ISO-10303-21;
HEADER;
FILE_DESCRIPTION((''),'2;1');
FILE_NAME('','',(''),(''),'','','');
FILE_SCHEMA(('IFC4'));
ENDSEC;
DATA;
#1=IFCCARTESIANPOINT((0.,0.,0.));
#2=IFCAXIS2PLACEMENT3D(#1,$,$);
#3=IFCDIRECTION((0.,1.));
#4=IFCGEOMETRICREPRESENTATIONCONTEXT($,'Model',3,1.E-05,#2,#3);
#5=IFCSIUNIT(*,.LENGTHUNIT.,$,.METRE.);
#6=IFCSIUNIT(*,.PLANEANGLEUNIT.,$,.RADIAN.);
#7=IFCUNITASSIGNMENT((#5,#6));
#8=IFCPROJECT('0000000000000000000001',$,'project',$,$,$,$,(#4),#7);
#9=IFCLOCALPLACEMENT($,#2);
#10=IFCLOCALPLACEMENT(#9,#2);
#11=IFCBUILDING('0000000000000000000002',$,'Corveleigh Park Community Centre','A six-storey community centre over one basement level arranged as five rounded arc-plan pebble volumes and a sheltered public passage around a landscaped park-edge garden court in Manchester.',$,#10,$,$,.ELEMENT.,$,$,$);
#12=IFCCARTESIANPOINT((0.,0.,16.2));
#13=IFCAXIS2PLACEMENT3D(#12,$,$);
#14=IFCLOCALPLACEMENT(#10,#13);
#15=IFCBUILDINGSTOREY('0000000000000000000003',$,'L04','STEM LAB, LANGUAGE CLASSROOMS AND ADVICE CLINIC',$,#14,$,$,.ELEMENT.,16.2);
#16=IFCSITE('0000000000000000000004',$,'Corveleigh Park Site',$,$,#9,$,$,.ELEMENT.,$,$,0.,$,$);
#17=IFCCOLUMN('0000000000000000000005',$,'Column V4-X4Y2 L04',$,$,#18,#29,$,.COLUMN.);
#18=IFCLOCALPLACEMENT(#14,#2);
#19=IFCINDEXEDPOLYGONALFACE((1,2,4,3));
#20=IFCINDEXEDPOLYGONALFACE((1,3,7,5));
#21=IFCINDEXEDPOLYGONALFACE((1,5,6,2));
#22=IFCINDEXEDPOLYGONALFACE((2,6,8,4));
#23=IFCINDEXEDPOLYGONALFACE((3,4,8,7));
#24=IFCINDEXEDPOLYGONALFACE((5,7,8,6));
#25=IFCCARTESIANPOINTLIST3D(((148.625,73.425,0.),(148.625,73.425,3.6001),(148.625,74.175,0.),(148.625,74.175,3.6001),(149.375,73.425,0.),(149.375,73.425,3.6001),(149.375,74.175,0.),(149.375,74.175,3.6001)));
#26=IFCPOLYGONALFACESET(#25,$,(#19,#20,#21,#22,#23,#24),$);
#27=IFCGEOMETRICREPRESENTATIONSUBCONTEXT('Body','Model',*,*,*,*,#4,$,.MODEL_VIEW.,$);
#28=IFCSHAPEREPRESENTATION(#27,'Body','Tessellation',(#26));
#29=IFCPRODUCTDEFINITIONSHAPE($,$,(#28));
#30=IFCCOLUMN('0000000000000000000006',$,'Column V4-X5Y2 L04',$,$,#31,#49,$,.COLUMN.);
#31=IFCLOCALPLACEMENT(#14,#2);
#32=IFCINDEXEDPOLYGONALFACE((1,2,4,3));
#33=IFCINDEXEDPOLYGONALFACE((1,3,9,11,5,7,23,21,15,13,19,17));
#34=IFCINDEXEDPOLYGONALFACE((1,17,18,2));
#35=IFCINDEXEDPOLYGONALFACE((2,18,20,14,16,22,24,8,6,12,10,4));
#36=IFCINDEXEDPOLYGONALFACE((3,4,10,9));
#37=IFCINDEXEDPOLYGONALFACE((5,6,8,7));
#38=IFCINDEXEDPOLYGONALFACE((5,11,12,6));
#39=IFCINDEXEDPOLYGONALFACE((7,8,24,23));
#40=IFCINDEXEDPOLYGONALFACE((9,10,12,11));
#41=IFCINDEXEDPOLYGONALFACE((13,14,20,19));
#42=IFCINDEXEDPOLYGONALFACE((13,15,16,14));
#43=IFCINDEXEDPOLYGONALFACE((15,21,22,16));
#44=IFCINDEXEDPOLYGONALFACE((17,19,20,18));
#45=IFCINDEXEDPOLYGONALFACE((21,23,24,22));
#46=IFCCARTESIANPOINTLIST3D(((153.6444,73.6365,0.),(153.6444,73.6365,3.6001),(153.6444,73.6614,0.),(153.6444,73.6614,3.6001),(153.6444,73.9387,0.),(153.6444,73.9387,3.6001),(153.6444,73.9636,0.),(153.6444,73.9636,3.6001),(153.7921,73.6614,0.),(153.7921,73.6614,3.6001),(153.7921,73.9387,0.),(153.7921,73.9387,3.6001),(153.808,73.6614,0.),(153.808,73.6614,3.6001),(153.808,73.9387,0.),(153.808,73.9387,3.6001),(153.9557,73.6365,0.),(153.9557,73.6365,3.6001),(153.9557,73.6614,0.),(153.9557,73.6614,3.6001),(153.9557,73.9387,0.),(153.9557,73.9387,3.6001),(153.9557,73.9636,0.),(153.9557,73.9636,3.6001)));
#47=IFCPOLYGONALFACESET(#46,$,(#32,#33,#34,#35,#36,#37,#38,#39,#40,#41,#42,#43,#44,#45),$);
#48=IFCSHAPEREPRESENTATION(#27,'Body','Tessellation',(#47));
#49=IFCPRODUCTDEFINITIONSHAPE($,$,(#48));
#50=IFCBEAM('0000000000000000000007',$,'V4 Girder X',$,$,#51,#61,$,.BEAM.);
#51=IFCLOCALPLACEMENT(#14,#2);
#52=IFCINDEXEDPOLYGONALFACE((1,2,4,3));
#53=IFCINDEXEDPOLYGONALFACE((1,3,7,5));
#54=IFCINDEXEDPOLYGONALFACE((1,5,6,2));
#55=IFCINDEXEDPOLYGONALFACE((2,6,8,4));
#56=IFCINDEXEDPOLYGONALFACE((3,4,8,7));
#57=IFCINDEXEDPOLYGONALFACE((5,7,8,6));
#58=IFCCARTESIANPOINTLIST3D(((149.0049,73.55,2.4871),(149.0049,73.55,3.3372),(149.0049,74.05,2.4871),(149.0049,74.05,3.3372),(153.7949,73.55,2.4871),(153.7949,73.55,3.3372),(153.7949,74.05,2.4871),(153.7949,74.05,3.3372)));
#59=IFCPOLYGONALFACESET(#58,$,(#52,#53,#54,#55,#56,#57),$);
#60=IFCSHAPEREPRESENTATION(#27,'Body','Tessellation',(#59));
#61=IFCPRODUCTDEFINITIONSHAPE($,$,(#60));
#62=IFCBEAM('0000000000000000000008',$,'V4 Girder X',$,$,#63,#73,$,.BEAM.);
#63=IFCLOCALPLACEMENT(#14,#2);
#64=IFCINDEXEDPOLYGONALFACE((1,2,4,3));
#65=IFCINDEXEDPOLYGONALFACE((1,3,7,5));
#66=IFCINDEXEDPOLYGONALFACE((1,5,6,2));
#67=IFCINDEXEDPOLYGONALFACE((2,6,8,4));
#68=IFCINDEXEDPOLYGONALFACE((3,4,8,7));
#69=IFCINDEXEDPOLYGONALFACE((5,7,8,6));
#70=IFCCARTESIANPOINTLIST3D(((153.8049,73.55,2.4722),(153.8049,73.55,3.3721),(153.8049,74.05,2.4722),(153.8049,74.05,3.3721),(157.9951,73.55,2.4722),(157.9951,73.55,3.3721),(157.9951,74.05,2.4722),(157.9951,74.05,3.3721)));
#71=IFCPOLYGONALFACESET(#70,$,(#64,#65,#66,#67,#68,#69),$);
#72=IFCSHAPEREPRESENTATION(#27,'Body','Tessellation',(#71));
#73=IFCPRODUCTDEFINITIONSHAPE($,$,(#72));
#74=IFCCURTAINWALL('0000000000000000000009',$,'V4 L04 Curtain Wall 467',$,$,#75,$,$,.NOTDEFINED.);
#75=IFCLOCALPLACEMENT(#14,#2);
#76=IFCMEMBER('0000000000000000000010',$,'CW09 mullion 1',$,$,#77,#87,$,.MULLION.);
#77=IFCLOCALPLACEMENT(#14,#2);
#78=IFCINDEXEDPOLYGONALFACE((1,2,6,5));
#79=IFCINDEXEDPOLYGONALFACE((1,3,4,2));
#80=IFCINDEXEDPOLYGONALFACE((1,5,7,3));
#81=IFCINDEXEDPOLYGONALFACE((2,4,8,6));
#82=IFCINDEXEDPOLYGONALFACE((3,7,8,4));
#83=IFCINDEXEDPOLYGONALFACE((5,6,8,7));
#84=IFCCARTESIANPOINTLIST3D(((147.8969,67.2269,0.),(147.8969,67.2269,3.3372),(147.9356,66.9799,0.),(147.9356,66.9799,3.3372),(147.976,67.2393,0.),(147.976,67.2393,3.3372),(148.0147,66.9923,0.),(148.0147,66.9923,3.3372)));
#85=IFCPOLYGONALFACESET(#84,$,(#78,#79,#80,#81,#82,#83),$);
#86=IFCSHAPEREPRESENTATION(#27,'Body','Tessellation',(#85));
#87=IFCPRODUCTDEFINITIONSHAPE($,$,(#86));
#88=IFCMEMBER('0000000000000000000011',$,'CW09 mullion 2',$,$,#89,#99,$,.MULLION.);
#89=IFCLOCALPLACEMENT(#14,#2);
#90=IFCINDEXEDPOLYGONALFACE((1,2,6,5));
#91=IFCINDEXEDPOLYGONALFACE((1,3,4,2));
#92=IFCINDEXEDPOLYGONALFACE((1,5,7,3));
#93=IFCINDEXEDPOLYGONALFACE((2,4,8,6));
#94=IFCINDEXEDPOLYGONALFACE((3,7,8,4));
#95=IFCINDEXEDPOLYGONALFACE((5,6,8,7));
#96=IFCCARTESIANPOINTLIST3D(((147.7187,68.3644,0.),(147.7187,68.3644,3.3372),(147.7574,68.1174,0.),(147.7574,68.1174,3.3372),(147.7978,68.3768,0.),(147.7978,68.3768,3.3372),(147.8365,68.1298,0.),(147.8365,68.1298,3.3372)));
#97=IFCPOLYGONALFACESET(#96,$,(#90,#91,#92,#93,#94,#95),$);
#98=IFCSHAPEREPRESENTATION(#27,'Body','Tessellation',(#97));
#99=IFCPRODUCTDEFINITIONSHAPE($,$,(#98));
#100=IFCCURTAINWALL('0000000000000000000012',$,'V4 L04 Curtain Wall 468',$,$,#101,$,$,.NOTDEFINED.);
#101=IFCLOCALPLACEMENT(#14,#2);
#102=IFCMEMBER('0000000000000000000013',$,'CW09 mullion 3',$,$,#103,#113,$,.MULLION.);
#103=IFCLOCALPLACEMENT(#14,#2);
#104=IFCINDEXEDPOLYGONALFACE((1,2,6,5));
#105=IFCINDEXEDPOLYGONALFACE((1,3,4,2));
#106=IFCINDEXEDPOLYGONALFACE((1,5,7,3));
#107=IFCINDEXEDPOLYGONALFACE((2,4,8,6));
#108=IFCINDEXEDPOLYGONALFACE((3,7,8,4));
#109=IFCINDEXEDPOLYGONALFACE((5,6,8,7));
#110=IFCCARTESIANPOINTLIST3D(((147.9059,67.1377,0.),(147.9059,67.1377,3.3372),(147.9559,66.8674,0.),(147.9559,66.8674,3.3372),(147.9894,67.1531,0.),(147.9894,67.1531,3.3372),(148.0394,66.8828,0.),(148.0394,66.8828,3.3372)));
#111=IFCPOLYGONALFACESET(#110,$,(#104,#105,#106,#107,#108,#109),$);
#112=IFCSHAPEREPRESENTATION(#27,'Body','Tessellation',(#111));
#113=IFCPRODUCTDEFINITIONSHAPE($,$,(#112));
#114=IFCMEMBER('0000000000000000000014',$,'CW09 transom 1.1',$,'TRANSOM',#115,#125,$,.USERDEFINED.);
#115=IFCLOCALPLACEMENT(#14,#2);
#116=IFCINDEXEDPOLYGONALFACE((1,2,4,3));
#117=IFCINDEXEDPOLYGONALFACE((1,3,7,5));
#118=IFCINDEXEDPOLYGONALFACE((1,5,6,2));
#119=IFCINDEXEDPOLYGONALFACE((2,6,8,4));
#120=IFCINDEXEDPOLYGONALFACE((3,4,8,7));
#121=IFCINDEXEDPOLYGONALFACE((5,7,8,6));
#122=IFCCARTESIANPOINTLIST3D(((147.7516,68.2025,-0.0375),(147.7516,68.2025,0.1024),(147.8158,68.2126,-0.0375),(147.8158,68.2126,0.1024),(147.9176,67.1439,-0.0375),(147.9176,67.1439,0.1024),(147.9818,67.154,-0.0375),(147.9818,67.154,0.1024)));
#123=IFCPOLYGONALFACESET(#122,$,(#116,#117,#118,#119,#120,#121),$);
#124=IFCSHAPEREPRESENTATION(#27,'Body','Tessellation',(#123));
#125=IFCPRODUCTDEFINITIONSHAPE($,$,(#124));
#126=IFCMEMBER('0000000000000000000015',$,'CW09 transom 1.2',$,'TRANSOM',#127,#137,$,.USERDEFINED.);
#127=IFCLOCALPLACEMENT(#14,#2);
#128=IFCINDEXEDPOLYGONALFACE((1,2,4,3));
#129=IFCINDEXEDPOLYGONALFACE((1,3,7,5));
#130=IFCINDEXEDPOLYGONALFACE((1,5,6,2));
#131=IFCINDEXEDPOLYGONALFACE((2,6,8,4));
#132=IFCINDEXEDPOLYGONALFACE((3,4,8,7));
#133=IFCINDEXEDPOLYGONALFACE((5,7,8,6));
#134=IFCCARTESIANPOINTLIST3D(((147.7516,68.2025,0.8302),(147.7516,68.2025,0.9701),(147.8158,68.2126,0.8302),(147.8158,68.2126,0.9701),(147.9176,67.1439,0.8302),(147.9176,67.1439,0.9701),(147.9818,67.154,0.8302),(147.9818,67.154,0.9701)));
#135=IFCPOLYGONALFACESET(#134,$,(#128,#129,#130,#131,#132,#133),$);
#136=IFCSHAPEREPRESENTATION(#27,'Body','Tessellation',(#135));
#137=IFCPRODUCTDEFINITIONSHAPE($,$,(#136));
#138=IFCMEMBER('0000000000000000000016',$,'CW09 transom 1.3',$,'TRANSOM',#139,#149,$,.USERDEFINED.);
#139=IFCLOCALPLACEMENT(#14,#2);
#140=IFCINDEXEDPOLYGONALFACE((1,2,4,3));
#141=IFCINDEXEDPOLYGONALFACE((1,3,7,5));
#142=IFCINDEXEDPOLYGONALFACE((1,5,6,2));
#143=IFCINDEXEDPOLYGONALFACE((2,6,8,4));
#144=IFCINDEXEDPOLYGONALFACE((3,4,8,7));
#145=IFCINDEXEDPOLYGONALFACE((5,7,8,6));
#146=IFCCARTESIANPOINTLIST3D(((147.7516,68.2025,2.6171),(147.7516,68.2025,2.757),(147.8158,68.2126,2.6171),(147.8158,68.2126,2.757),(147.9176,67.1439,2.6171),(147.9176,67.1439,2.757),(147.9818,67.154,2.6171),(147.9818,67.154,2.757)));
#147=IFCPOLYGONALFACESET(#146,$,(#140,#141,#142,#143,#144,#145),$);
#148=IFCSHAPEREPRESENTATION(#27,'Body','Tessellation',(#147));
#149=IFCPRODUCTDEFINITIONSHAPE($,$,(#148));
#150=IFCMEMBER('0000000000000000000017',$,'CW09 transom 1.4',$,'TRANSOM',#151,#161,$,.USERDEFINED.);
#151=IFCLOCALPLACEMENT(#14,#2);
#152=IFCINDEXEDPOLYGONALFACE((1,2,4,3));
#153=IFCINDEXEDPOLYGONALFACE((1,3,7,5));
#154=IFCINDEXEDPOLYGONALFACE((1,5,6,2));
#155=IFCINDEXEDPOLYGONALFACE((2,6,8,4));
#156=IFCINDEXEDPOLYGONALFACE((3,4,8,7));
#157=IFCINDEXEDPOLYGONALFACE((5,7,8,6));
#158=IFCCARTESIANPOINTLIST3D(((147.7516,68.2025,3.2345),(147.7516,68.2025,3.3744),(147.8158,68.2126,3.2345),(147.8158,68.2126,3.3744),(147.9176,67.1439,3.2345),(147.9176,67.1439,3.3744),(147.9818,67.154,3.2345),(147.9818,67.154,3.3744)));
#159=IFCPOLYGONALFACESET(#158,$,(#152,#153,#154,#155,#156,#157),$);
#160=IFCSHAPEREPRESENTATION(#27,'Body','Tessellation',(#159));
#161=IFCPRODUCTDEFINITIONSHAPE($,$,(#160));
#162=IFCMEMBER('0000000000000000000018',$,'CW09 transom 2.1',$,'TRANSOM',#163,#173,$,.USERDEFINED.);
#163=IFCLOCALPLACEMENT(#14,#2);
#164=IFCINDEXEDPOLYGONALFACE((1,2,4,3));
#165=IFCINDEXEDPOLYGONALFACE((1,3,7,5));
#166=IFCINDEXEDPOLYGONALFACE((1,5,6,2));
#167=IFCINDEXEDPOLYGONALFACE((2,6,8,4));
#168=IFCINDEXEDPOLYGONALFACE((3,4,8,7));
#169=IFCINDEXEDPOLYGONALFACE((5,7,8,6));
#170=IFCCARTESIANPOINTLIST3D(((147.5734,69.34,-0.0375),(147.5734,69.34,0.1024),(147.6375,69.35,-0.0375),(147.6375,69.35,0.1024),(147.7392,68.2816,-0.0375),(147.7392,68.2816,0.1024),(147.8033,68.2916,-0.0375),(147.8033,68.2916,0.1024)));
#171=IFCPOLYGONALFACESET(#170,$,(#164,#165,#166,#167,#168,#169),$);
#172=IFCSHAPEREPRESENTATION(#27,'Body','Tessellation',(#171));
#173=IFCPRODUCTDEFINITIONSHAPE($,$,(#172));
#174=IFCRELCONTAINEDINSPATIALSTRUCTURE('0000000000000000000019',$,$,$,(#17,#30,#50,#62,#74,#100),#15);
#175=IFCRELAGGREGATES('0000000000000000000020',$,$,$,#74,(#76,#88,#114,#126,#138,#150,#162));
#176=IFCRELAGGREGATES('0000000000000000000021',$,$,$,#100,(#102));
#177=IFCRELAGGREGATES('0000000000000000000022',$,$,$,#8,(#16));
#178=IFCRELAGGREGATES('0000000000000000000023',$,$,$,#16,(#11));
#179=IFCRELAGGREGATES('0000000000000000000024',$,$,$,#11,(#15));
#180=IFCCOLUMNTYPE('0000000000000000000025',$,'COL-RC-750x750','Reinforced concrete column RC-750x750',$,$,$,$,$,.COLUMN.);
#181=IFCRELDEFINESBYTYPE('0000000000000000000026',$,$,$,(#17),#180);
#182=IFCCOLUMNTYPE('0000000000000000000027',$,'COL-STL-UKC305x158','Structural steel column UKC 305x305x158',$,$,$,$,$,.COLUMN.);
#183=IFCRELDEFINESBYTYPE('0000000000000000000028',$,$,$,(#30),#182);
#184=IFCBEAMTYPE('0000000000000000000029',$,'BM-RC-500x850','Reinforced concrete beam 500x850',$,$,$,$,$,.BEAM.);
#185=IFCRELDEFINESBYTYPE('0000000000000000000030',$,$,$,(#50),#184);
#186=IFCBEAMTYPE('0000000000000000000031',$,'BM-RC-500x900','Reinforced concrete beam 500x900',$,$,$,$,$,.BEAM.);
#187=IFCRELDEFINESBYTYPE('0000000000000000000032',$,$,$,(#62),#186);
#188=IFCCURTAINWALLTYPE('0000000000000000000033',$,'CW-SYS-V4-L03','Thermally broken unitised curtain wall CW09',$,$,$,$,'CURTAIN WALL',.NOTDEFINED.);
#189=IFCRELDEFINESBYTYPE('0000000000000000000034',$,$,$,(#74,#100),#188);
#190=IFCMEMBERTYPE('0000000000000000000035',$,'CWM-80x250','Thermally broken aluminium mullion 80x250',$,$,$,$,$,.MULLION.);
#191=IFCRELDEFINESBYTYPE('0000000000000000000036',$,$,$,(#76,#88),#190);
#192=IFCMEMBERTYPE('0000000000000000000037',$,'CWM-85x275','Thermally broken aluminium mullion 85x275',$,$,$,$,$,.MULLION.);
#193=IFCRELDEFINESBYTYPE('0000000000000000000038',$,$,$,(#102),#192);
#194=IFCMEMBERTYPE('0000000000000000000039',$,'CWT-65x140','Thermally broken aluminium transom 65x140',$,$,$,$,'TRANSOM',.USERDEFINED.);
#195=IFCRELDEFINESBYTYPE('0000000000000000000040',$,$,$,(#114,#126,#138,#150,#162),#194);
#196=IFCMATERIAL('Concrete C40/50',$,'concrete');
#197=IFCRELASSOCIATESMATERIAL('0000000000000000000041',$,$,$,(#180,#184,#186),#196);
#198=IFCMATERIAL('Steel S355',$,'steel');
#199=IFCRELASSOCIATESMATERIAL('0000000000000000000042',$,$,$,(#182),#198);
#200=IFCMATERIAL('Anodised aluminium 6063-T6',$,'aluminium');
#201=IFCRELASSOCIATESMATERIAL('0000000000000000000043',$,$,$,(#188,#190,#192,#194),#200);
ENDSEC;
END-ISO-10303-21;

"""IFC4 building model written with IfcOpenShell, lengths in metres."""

from ifc_helpers import new_model, si_unit, direction, frame, origin, origin_2d, place, context, subcontext, project, spatial, rectangle, i_section, extrude, material, material_profile, profile_set, type_object, element, aggregate, save


model = new_model("IFC4")

# Units and contexts
model_context = context("Model", 3, precision=1e-05, world=origin(), true_north=direction((0.0, 1.0)))
body_context = subcontext(model_context, "Body", "Model", "MODEL_VIEW")
ifc_project = project(units=[si_unit("LENGTHUNIT", "METRE"), si_unit("PLANEANGLEUNIT", "RADIAN")], contexts=[model_context])

# Site, building, storey
site_placement = place(None, origin())
site = spatial("IfcSite", under=ifc_project, at=site_placement, Name="Corveleigh Park Site", CompositionType="ELEMENT", RefElevation=0.0)
building_placement = place(site_placement, origin())
building = spatial("IfcBuilding", under=site, at=building_placement, Name="Corveleigh Park Community Centre", Description="A six-storey community centre over one basement level arranged as five rounded arc-plan pebble volumes and a sheltered public passage around a landscaped park-edge garden court in Manchester.", CompositionType="ELEMENT")
storey_placement = place(building_placement, frame((0.0, 0.0, 16.2)))
storey = spatial("IfcBuildingStorey", under=building, at=storey_placement, Name="L04", Description="STEM LAB, LANGUAGE CLASSROOMS AND ADVICE CLINIC", CompositionType="ELEMENT", Elevation=16.2)

# Columns
ifc_material_1 = material(Name="Concrete C40/50", Category="concrete")
ifc_material_profile_1 = material_profile(ifc_material_1, rectangle(XDim=0.75, YDim=0.75, at=origin_2d()), Name="RC-750x750", Category="concrete")
ifc_profile_set_1 = profile_set([ifc_material_profile_1], Name="Concrete C40/50")
column_type_1 = type_object("IfcColumnType", Name="COL-RC-750x750", Description="Reinforced concrete column RC-750x750", PredefinedType="COLUMN", material=ifc_profile_set_1)
column_1_placement = place(storey_placement, frame((149.0, 73.8, 0.0), z_axis=(0.0, 0.0, 1.0), x_axis=(1.0, 0.0, 0.0)))
element("IfcColumn", 1, at=column_1_placement, inside=storey, type_object=column_type_1, Name="Column V4-X4Y2 L04", PredefinedType="COLUMN", context=body_context, shape_type="SweptSolid", body=[
    extrude(rectangle(XDim=0.75, YDim=0.75, at=origin_2d()), origin(), (0.0, 0.0, 1.0), 3.6001),
])
ifc_material_2 = material(Name="Steel S355", Category="steel")
ifc_material_profile_2 = material_profile(ifc_material_2, i_section(OverallWidth=0.3113, OverallDepth=0.3271, WebThickness=0.0159, FlangeThickness=0.0249, at=origin_2d()), Name="UKC 305x305x158", Category="steel")
ifc_profile_set_2 = profile_set([ifc_material_profile_2], Name="Steel S355")
column_type_2 = type_object("IfcColumnType", Name="COL-STL-UKC305x158", Description="Structural steel column UKC 305x305x158", PredefinedType="COLUMN", material=ifc_profile_set_2)
column_2_placement = place(storey_placement, frame((153.8, 73.8, 0.0), z_axis=(0.0, 0.0, 1.0), x_axis=(1.0, 0.0, 0.0)))
element("IfcColumn", 2, at=column_2_placement, inside=storey, type_object=column_type_2, Name="Column V4-X5Y2 L04", PredefinedType="COLUMN", context=body_context, shape_type="SweptSolid", body=[
    extrude(i_section(OverallWidth=0.3113, OverallDepth=0.3271, WebThickness=0.0159, FlangeThickness=0.0249, at=origin_2d()), origin(), (0.0, 0.0, 1.0), 3.6001),
])

# Beams
ifc_material_profile_3 = material_profile(ifc_material_1, rectangle(XDim=0.5, YDim=0.8501, at=origin_2d()), Name="RC-500x850", Category="concrete")
ifc_profile_set_3 = profile_set([ifc_material_profile_3], Name="Concrete C40/50")
beam_type_1 = type_object("IfcBeamType", Name="BM-RC-500x850", Description="Reinforced concrete beam 500x850", PredefinedType="BEAM", material=ifc_profile_set_3)
beam_1_placement = place(storey_placement, frame((149.0049, 73.8, 2.9121), z_axis=(1.0, 0.0, 0.0), x_axis=(0.0, 1.0, 0.0)))
element("IfcBeam", 3, at=beam_1_placement, inside=storey, type_object=beam_type_1, Name="V4 Girder X", PredefinedType="BEAM", context=body_context, shape_type="SweptSolid", body=[
    extrude(rectangle(XDim=0.5, YDim=0.8501, at=origin_2d()), origin(), (0.0, 0.0, 1.0), 4.79),
])
ifc_material_profile_4 = material_profile(ifc_material_1, rectangle(XDim=0.5, YDim=0.8999, at=origin_2d()), Name="RC-500x900", Category="concrete")
ifc_profile_set_4 = profile_set([ifc_material_profile_4], Name="Concrete C40/50")
beam_type_2 = type_object("IfcBeamType", Name="BM-RC-500x900", Description="Reinforced concrete beam 500x900", PredefinedType="BEAM", material=ifc_profile_set_4)
beam_2_placement = place(storey_placement, frame((153.8049, 73.8, 2.9221), z_axis=(1.0, 0.0, 0.0), x_axis=(0.0, 1.0, 0.0)))
element("IfcBeam", 4, at=beam_2_placement, inside=storey, type_object=beam_type_2, Name="V4 Girder X", PredefinedType="BEAM", context=body_context, shape_type="SweptSolid", body=[
    extrude(rectangle(XDim=0.5, YDim=0.8999, at=origin_2d()), origin(), (0.0, 0.0, 1.0), 4.1902),
])

# Curtain wall, members
ifc_material_3 = material(Name="Anodised aluminium 6063-T6", Category="aluminium")
curtain_wall_type = type_object("IfcCurtainWallType", Name="CW-SYS-V4-L03", Description="Thermally broken unitised curtain wall CW09", ElementType="CURTAIN WALL", PredefinedType="NOTDEFINED", material=ifc_material_3)
curtain_wall_1_placement = place(storey_placement, origin())
curtain_wall_1 = element("IfcCurtainWall", 5, at=curtain_wall_1_placement, inside=storey, type_object=curtain_wall_type, Name="V4 L04 Curtain Wall 467", PredefinedType="NOTDEFINED")
ifc_material_profile_5 = material_profile(ifc_material_3, rectangle(XDim=0.0801, YDim=0.25, at=origin_2d()), Name="ALU-M80x250", Category="aluminium")
ifc_profile_set_5 = profile_set([ifc_material_profile_5], Name="Anodised aluminium 6063-T6")
member_type_1 = type_object("IfcMemberType", Name="CWM-80x250", Description="Thermally broken aluminium mullion 80x250", PredefinedType="MULLION", material=ifc_profile_set_5)
member_1_placement = place(storey_placement, frame((147.9558, 67.1096, 0.0), z_axis=(0.0, 0.0, 1.0), x_axis=(-0.987936, -0.154863, 0.0)))
member_1 = element("IfcMember", 6, at=member_1_placement, type_object=member_type_1, Name="CW09 mullion 1", PredefinedType="MULLION", context=body_context, shape_type="SweptSolid", body=[
    extrude(rectangle(XDim=0.0801, YDim=0.25, at=origin_2d()), origin(), (0.0, 0.0, 1.0), 3.3372),
])
member_2_placement = place(storey_placement, frame((147.7776, 68.2471, 0.0), z_axis=(0.0, 0.0, 1.0), x_axis=(-0.987936, -0.154863, 0.0)))
member_2 = element("IfcMember", 7, at=member_2_placement, type_object=member_type_1, Name="CW09 mullion 2", PredefinedType="MULLION", context=body_context, shape_type="SweptSolid", body=[
    extrude(rectangle(XDim=0.0801, YDim=0.25, at=origin_2d()), origin(), (0.0, 0.0, 1.0), 3.3372),
])

# Curtain wall, member
curtain_wall_2_placement = place(storey_placement, origin())
curtain_wall_2 = element("IfcCurtainWall", 8, at=curtain_wall_2_placement, inside=storey, type_object=curtain_wall_type, Name="V4 L04 Curtain Wall 468", PredefinedType="NOTDEFINED")
ifc_material_profile_6 = material_profile(ifc_material_3, rectangle(XDim=0.085, YDim=0.2749, at=origin_2d()), Name="ALU-M85x275", Category="aluminium")
ifc_profile_set_6 = profile_set([ifc_material_profile_6], Name="Anodised aluminium 6063-T6")
member_type_2 = type_object("IfcMemberType", Name="CWM-85x275", Description="Thermally broken aluminium mullion 85x275", PredefinedType="MULLION", material=ifc_profile_set_6)
member_3_placement = place(storey_placement, frame((147.9727, 67.0103, 0.0), z_axis=(0.0, 0.0, 1.0), x_axis=(-0.983301, -0.181984, 0.0)))
member_3 = element("IfcMember", 9, at=member_3_placement, type_object=member_type_2, Name="CW09 mullion 3", PredefinedType="MULLION", context=body_context, shape_type="SweptSolid", body=[
    extrude(rectangle(XDim=0.085, YDim=0.2749, at=origin_2d()), origin(), (0.0, 0.0, 1.0), 3.3372),
])

# Members
ifc_material_profile_7 = material_profile(ifc_material_3, rectangle(XDim=0.0649, YDim=0.1399, at=origin_2d()), Name="ALU-T65x140", Category="aluminium")
ifc_profile_set_7 = profile_set([ifc_material_profile_7], Name="Anodised aluminium 6063-T6")
member_type_3 = type_object("IfcMemberType", Name="CWT-65x140", Description="Thermally broken aluminium transom 65x140", ElementType="TRANSOM", PredefinedType="USERDEFINED", material=ifc_profile_set_7)
member_4_placement = place(storey_placement, frame((147.9497, 67.1489, 0.0325), z_axis=(-0.154933, 0.987925, 0.0), x_axis=(-0.987925, -0.154933, 0.0)))
member_4 = element("IfcMember", 10, at=member_4_placement, type_object=member_type_3, Name="CW09 transom 1.1", ObjectType="TRANSOM", PredefinedType="USERDEFINED", context=body_context, shape_type="SweptSolid", body=[
    extrude(rectangle(XDim=0.0649, YDim=0.1399, at=origin_2d()), origin(), (0.0, 0.0, 1.0), 1.0715),
])
member_5_placement = place(storey_placement, frame((147.9497, 67.1489, 0.9001), z_axis=(-0.154933, 0.987925, 0.0), x_axis=(-0.987925, -0.154933, 0.0)))
member_5 = element("IfcMember", 11, at=member_5_placement, type_object=member_type_3, Name="CW09 transom 1.2", ObjectType="TRANSOM", PredefinedType="USERDEFINED", context=body_context, shape_type="SweptSolid", body=[
    extrude(rectangle(XDim=0.0649, YDim=0.1399, at=origin_2d()), origin(), (0.0, 0.0, 1.0), 1.0715),
])
member_6_placement = place(storey_placement, frame((147.9497, 67.1489, 2.687), z_axis=(-0.154933, 0.987925, 0.0), x_axis=(-0.987925, -0.154933, 0.0)))
member_6 = element("IfcMember", 12, at=member_6_placement, type_object=member_type_3, Name="CW09 transom 1.3", ObjectType="TRANSOM", PredefinedType="USERDEFINED", context=body_context, shape_type="SweptSolid", body=[
    extrude(rectangle(XDim=0.0649, YDim=0.1399, at=origin_2d()), origin(), (0.0, 0.0, 1.0), 1.0715),
])
member_7_placement = place(storey_placement, frame((147.9497, 67.1489, 3.3044), z_axis=(-0.154933, 0.987925, 0.0), x_axis=(-0.987925, -0.154933, 0.0)))
member_7 = element("IfcMember", 13, at=member_7_placement, type_object=member_type_3, Name="CW09 transom 1.4", ObjectType="TRANSOM", PredefinedType="USERDEFINED", context=body_context, shape_type="SweptSolid", body=[
    extrude(rectangle(XDim=0.0649, YDim=0.1399, at=origin_2d()), origin(), (0.0, 0.0, 1.0), 1.0715),
])
member_8_placement = place(storey_placement, frame((147.7712, 68.2866, 0.0325), z_axis=(-0.154745, 0.987954, 0.0), x_axis=(-0.987954, -0.154745, 0.0)))
member_8 = element("IfcMember", 14, at=member_8_placement, type_object=member_type_3, Name="CW09 transom 2.1", ObjectType="TRANSOM", PredefinedType="USERDEFINED", context=body_context, shape_type="SweptSolid", body=[
    extrude(rectangle(XDim=0.0649, YDim=0.1399, at=origin_2d()), origin(), (0.0, 0.0, 1.0), 1.0713),
])

aggregate(curtain_wall_1, [member_1, member_2, member_4, member_5, member_6, member_7, member_8])
aggregate(curtain_wall_2, [member_3])

save(model, "model.ifc")
